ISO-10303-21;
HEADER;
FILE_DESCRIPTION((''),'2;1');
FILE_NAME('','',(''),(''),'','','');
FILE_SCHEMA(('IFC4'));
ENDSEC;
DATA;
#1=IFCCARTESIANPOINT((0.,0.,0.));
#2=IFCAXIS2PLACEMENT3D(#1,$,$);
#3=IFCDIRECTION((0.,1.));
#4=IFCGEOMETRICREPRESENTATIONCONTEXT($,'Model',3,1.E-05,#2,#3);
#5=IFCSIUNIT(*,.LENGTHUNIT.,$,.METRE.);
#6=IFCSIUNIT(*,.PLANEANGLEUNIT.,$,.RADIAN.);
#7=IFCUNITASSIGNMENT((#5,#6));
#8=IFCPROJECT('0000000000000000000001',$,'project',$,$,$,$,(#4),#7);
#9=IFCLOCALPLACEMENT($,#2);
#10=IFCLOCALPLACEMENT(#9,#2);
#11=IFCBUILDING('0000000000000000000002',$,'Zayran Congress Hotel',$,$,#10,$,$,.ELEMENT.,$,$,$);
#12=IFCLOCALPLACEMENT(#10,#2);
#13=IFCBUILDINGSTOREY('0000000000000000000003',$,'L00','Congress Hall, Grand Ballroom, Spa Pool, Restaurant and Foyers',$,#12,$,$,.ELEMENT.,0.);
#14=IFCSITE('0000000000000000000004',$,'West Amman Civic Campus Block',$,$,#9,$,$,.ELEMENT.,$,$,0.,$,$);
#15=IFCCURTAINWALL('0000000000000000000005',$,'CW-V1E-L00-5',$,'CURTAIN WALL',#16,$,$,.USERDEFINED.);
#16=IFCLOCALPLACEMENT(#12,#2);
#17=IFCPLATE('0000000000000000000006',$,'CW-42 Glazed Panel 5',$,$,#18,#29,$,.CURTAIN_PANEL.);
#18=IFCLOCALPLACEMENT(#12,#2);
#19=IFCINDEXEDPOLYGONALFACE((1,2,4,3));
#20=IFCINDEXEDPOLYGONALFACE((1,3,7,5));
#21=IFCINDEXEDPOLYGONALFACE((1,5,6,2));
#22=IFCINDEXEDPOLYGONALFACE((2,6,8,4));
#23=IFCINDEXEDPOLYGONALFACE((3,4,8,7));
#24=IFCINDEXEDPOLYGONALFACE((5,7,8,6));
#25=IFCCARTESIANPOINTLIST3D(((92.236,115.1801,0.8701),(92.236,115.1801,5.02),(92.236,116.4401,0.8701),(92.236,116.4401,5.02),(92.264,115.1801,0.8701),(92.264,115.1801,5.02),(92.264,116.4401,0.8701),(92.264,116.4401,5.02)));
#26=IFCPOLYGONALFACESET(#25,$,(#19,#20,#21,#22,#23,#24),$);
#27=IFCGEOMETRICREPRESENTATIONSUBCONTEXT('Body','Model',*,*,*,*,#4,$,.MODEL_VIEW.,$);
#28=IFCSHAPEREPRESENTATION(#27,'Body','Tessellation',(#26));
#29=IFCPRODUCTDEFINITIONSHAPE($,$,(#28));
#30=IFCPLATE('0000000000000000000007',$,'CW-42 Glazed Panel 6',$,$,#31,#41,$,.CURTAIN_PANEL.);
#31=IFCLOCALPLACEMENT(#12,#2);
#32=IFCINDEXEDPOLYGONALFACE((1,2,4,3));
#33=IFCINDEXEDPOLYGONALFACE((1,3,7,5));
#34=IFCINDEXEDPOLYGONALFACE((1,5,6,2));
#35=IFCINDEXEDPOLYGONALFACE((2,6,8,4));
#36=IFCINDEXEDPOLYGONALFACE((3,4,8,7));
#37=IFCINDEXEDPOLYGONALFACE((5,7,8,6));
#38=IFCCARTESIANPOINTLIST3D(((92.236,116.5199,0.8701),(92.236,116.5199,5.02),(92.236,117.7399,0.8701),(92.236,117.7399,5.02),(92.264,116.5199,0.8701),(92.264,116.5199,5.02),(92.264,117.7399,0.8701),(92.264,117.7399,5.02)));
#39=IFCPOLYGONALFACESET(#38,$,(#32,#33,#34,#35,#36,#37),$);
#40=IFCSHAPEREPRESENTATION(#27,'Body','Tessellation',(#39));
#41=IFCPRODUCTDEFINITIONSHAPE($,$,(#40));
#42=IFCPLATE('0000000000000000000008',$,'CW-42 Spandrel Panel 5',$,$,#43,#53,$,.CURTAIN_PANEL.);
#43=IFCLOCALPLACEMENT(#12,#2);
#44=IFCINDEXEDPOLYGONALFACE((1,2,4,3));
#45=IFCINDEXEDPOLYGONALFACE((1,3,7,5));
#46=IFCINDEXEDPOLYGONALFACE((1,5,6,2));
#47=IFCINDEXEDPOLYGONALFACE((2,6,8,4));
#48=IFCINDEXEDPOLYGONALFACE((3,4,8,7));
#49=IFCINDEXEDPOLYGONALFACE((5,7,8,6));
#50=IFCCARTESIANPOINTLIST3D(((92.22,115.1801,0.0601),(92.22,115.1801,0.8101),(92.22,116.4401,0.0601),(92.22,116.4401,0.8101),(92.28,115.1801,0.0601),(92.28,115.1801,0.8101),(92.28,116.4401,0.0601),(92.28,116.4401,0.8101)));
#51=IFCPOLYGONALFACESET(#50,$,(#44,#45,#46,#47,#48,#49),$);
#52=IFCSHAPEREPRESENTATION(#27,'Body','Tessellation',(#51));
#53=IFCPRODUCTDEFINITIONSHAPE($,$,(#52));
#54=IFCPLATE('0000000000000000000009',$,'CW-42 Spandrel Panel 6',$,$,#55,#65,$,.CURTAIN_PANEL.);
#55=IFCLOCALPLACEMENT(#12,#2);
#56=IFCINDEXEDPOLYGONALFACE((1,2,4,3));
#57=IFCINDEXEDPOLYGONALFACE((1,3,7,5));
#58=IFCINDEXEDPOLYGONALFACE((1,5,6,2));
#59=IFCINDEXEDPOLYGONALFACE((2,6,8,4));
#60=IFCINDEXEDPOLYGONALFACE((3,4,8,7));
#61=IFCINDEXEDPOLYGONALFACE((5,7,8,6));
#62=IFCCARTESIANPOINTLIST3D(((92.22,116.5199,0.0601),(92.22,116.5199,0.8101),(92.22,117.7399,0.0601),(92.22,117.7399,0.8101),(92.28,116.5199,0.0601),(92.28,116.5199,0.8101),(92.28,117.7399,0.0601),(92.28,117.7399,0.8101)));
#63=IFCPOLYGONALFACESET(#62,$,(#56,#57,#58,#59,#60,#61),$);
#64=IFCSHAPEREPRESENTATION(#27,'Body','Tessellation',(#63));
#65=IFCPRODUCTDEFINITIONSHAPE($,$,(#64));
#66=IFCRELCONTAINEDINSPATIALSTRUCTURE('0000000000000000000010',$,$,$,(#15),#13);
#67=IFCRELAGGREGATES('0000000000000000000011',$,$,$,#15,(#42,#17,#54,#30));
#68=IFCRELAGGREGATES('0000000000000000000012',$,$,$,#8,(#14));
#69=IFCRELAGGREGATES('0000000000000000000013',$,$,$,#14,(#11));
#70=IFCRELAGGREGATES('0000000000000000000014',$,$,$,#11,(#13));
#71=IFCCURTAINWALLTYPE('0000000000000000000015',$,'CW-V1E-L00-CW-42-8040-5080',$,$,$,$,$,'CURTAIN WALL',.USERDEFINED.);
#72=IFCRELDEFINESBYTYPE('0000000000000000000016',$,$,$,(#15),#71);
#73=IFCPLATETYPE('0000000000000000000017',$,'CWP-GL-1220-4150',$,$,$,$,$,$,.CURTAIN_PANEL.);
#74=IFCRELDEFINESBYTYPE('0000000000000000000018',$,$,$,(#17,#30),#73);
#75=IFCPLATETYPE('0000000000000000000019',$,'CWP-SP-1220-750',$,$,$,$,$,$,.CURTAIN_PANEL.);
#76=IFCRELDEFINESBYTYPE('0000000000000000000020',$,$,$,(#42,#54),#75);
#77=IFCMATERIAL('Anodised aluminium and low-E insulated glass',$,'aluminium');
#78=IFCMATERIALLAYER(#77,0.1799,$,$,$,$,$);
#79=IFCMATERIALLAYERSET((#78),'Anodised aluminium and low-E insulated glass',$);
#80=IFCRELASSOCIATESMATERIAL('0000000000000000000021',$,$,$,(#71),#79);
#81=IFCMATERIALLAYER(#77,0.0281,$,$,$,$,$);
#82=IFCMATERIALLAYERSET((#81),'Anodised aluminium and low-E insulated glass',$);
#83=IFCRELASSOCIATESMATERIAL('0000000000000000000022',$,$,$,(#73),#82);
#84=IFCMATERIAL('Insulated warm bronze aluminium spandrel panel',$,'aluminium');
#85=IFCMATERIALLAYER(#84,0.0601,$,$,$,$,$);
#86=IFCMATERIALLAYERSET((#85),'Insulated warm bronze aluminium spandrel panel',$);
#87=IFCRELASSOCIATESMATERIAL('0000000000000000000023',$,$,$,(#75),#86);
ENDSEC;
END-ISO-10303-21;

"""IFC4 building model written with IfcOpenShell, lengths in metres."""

from ifc_helpers import new_model, si_unit, direction, frame, origin, origin_2d, place, context, subcontext, project, spatial, rectangle, extrude, material, layer, layer_set, type_object, element, aggregate, save


model = new_model("IFC4")

# Units and contexts
model_context = context("Model", 3, precision=1e-05, world=origin(), true_north=direction((0.0, 1.0)))
body_context = subcontext(model_context, "Body", "Model", "MODEL_VIEW")
ifc_project = project(units=[si_unit("LENGTHUNIT", "METRE"), si_unit("PLANEANGLEUNIT", "RADIAN")], contexts=[model_context])

# Site, building, storey
site_placement = place(None, origin())
site = spatial("IfcSite", under=ifc_project, at=site_placement, Name="West Amman Civic Campus Block", CompositionType="ELEMENT", RefElevation=0.0)
building_placement = place(site_placement, origin())
building = spatial("IfcBuilding", under=site, at=building_placement, Name="Zayran Congress Hotel", CompositionType="ELEMENT")
storey_placement = place(building_placement, origin())
storey = spatial("IfcBuildingStorey", under=building, at=storey_placement, Name="L00", Description="Congress Hall, Grand Ballroom, Spa Pool, Restaurant and Foyers", CompositionType="ELEMENT", Elevation=0.0)

# Shared definitions
ifc_material_1 = material(Name="Anodised aluminium and low-E insulated glass", Category="aluminium")

# Curtain wall
ifc_layer_1 = layer(ifc_material_1, 0.1799)
ifc_layer_set_1 = layer_set([ifc_layer_1], Name="Anodised aluminium and low-E insulated glass")
curtain_wall_type_1 = type_object("IfcCurtainWallType", Name="CW-V1E-L00-CW-42-8040-5080", ElementType="CURTAIN WALL", PredefinedType="USERDEFINED", material=ifc_layer_set_1)
curtain_wall_1_placement = place(storey_placement, origin())
curtain_wall_1 = element("IfcCurtainWall", 1, at=curtain_wall_1_placement, inside=storey, type_object=curtain_wall_type_1, Name="CW-V1E-L00-5", ObjectType="CURTAIN WALL", PredefinedType="USERDEFINED")

# Plates
ifc_layer_2 = layer(ifc_material_1, 0.0281)
ifc_layer_set_2 = layer_set([ifc_layer_2], Name="Anodised aluminium and low-E insulated glass")
plate_type_1 = type_object("IfcPlateType", Name="CWP-GL-1220-4150", PredefinedType="CURTAIN_PANEL", material=ifc_layer_set_2)
plate_1_placement = place(storey_placement, frame((92.25, 115.8101, 0.8701), z_axis=(0.0, 0.0, 1.0), x_axis=(0.0, 1.0, 0.0)))
plate_1 = element("IfcPlate", 2, at=plate_1_placement, type_object=plate_type_1, Name="CW-42 Glazed Panel 5", PredefinedType="CURTAIN_PANEL", context=body_context, shape_type="SweptSolid", body=[
    extrude(rectangle(XDim=1.26, YDim=0.0281, at=origin_2d()), origin(), (0.0, 0.0, 1.0), 4.1499),
])
plate_2_placement = place(storey_placement, frame((92.25, 117.1299, 0.8701), z_axis=(0.0, 0.0, 1.0), x_axis=(0.0, 1.0, 0.0)))
plate_2 = element("IfcPlate", 3, at=plate_2_placement, type_object=plate_type_1, Name="CW-42 Glazed Panel 6", PredefinedType="CURTAIN_PANEL", context=body_context, shape_type="SweptSolid", body=[
    extrude(rectangle(XDim=1.22, YDim=0.0281, at=origin_2d()), origin(), (0.0, 0.0, 1.0), 4.1499),
])
ifc_material_2 = material(Name="Insulated warm bronze aluminium spandrel panel", Category="aluminium")
ifc_layer_3 = layer(ifc_material_2, 0.0601)
ifc_layer_set_3 = layer_set([ifc_layer_3], Name="Insulated warm bronze aluminium spandrel panel")
plate_type_2 = type_object("IfcPlateType", Name="CWP-SP-1220-750", PredefinedType="CURTAIN_PANEL", material=ifc_layer_set_3)
plate_3_placement = place(storey_placement, frame((92.25, 115.8101, 0.0601), z_axis=(0.0, 0.0, 1.0), x_axis=(0.0, 1.0, 0.0)))
plate_3 = element("IfcPlate", 4, at=plate_3_placement, type_object=plate_type_2, Name="CW-42 Spandrel Panel 5", PredefinedType="CURTAIN_PANEL", context=body_context, shape_type="SweptSolid", body=[
    extrude(rectangle(XDim=1.26, YDim=0.0601, at=origin_2d()), origin(), (0.0, 0.0, 1.0), 0.75),
])
plate_4_placement = place(storey_placement, frame((92.25, 117.1299, 0.0601), z_axis=(0.0, 0.0, 1.0), x_axis=(0.0, 1.0, 0.0)))
plate_4 = element("IfcPlate", 5, at=plate_4_placement, type_object=plate_type_2, Name="CW-42 Spandrel Panel 6", PredefinedType="CURTAIN_PANEL", context=body_context, shape_type="SweptSolid", body=[
    extrude(rectangle(XDim=1.22, YDim=0.0601, at=origin_2d()), origin(), (0.0, 0.0, 1.0), 0.75),
])
aggregate(curtain_wall_1, [plate_3, plate_1, plate_4, plate_2])

save(model, "model.ifc")
